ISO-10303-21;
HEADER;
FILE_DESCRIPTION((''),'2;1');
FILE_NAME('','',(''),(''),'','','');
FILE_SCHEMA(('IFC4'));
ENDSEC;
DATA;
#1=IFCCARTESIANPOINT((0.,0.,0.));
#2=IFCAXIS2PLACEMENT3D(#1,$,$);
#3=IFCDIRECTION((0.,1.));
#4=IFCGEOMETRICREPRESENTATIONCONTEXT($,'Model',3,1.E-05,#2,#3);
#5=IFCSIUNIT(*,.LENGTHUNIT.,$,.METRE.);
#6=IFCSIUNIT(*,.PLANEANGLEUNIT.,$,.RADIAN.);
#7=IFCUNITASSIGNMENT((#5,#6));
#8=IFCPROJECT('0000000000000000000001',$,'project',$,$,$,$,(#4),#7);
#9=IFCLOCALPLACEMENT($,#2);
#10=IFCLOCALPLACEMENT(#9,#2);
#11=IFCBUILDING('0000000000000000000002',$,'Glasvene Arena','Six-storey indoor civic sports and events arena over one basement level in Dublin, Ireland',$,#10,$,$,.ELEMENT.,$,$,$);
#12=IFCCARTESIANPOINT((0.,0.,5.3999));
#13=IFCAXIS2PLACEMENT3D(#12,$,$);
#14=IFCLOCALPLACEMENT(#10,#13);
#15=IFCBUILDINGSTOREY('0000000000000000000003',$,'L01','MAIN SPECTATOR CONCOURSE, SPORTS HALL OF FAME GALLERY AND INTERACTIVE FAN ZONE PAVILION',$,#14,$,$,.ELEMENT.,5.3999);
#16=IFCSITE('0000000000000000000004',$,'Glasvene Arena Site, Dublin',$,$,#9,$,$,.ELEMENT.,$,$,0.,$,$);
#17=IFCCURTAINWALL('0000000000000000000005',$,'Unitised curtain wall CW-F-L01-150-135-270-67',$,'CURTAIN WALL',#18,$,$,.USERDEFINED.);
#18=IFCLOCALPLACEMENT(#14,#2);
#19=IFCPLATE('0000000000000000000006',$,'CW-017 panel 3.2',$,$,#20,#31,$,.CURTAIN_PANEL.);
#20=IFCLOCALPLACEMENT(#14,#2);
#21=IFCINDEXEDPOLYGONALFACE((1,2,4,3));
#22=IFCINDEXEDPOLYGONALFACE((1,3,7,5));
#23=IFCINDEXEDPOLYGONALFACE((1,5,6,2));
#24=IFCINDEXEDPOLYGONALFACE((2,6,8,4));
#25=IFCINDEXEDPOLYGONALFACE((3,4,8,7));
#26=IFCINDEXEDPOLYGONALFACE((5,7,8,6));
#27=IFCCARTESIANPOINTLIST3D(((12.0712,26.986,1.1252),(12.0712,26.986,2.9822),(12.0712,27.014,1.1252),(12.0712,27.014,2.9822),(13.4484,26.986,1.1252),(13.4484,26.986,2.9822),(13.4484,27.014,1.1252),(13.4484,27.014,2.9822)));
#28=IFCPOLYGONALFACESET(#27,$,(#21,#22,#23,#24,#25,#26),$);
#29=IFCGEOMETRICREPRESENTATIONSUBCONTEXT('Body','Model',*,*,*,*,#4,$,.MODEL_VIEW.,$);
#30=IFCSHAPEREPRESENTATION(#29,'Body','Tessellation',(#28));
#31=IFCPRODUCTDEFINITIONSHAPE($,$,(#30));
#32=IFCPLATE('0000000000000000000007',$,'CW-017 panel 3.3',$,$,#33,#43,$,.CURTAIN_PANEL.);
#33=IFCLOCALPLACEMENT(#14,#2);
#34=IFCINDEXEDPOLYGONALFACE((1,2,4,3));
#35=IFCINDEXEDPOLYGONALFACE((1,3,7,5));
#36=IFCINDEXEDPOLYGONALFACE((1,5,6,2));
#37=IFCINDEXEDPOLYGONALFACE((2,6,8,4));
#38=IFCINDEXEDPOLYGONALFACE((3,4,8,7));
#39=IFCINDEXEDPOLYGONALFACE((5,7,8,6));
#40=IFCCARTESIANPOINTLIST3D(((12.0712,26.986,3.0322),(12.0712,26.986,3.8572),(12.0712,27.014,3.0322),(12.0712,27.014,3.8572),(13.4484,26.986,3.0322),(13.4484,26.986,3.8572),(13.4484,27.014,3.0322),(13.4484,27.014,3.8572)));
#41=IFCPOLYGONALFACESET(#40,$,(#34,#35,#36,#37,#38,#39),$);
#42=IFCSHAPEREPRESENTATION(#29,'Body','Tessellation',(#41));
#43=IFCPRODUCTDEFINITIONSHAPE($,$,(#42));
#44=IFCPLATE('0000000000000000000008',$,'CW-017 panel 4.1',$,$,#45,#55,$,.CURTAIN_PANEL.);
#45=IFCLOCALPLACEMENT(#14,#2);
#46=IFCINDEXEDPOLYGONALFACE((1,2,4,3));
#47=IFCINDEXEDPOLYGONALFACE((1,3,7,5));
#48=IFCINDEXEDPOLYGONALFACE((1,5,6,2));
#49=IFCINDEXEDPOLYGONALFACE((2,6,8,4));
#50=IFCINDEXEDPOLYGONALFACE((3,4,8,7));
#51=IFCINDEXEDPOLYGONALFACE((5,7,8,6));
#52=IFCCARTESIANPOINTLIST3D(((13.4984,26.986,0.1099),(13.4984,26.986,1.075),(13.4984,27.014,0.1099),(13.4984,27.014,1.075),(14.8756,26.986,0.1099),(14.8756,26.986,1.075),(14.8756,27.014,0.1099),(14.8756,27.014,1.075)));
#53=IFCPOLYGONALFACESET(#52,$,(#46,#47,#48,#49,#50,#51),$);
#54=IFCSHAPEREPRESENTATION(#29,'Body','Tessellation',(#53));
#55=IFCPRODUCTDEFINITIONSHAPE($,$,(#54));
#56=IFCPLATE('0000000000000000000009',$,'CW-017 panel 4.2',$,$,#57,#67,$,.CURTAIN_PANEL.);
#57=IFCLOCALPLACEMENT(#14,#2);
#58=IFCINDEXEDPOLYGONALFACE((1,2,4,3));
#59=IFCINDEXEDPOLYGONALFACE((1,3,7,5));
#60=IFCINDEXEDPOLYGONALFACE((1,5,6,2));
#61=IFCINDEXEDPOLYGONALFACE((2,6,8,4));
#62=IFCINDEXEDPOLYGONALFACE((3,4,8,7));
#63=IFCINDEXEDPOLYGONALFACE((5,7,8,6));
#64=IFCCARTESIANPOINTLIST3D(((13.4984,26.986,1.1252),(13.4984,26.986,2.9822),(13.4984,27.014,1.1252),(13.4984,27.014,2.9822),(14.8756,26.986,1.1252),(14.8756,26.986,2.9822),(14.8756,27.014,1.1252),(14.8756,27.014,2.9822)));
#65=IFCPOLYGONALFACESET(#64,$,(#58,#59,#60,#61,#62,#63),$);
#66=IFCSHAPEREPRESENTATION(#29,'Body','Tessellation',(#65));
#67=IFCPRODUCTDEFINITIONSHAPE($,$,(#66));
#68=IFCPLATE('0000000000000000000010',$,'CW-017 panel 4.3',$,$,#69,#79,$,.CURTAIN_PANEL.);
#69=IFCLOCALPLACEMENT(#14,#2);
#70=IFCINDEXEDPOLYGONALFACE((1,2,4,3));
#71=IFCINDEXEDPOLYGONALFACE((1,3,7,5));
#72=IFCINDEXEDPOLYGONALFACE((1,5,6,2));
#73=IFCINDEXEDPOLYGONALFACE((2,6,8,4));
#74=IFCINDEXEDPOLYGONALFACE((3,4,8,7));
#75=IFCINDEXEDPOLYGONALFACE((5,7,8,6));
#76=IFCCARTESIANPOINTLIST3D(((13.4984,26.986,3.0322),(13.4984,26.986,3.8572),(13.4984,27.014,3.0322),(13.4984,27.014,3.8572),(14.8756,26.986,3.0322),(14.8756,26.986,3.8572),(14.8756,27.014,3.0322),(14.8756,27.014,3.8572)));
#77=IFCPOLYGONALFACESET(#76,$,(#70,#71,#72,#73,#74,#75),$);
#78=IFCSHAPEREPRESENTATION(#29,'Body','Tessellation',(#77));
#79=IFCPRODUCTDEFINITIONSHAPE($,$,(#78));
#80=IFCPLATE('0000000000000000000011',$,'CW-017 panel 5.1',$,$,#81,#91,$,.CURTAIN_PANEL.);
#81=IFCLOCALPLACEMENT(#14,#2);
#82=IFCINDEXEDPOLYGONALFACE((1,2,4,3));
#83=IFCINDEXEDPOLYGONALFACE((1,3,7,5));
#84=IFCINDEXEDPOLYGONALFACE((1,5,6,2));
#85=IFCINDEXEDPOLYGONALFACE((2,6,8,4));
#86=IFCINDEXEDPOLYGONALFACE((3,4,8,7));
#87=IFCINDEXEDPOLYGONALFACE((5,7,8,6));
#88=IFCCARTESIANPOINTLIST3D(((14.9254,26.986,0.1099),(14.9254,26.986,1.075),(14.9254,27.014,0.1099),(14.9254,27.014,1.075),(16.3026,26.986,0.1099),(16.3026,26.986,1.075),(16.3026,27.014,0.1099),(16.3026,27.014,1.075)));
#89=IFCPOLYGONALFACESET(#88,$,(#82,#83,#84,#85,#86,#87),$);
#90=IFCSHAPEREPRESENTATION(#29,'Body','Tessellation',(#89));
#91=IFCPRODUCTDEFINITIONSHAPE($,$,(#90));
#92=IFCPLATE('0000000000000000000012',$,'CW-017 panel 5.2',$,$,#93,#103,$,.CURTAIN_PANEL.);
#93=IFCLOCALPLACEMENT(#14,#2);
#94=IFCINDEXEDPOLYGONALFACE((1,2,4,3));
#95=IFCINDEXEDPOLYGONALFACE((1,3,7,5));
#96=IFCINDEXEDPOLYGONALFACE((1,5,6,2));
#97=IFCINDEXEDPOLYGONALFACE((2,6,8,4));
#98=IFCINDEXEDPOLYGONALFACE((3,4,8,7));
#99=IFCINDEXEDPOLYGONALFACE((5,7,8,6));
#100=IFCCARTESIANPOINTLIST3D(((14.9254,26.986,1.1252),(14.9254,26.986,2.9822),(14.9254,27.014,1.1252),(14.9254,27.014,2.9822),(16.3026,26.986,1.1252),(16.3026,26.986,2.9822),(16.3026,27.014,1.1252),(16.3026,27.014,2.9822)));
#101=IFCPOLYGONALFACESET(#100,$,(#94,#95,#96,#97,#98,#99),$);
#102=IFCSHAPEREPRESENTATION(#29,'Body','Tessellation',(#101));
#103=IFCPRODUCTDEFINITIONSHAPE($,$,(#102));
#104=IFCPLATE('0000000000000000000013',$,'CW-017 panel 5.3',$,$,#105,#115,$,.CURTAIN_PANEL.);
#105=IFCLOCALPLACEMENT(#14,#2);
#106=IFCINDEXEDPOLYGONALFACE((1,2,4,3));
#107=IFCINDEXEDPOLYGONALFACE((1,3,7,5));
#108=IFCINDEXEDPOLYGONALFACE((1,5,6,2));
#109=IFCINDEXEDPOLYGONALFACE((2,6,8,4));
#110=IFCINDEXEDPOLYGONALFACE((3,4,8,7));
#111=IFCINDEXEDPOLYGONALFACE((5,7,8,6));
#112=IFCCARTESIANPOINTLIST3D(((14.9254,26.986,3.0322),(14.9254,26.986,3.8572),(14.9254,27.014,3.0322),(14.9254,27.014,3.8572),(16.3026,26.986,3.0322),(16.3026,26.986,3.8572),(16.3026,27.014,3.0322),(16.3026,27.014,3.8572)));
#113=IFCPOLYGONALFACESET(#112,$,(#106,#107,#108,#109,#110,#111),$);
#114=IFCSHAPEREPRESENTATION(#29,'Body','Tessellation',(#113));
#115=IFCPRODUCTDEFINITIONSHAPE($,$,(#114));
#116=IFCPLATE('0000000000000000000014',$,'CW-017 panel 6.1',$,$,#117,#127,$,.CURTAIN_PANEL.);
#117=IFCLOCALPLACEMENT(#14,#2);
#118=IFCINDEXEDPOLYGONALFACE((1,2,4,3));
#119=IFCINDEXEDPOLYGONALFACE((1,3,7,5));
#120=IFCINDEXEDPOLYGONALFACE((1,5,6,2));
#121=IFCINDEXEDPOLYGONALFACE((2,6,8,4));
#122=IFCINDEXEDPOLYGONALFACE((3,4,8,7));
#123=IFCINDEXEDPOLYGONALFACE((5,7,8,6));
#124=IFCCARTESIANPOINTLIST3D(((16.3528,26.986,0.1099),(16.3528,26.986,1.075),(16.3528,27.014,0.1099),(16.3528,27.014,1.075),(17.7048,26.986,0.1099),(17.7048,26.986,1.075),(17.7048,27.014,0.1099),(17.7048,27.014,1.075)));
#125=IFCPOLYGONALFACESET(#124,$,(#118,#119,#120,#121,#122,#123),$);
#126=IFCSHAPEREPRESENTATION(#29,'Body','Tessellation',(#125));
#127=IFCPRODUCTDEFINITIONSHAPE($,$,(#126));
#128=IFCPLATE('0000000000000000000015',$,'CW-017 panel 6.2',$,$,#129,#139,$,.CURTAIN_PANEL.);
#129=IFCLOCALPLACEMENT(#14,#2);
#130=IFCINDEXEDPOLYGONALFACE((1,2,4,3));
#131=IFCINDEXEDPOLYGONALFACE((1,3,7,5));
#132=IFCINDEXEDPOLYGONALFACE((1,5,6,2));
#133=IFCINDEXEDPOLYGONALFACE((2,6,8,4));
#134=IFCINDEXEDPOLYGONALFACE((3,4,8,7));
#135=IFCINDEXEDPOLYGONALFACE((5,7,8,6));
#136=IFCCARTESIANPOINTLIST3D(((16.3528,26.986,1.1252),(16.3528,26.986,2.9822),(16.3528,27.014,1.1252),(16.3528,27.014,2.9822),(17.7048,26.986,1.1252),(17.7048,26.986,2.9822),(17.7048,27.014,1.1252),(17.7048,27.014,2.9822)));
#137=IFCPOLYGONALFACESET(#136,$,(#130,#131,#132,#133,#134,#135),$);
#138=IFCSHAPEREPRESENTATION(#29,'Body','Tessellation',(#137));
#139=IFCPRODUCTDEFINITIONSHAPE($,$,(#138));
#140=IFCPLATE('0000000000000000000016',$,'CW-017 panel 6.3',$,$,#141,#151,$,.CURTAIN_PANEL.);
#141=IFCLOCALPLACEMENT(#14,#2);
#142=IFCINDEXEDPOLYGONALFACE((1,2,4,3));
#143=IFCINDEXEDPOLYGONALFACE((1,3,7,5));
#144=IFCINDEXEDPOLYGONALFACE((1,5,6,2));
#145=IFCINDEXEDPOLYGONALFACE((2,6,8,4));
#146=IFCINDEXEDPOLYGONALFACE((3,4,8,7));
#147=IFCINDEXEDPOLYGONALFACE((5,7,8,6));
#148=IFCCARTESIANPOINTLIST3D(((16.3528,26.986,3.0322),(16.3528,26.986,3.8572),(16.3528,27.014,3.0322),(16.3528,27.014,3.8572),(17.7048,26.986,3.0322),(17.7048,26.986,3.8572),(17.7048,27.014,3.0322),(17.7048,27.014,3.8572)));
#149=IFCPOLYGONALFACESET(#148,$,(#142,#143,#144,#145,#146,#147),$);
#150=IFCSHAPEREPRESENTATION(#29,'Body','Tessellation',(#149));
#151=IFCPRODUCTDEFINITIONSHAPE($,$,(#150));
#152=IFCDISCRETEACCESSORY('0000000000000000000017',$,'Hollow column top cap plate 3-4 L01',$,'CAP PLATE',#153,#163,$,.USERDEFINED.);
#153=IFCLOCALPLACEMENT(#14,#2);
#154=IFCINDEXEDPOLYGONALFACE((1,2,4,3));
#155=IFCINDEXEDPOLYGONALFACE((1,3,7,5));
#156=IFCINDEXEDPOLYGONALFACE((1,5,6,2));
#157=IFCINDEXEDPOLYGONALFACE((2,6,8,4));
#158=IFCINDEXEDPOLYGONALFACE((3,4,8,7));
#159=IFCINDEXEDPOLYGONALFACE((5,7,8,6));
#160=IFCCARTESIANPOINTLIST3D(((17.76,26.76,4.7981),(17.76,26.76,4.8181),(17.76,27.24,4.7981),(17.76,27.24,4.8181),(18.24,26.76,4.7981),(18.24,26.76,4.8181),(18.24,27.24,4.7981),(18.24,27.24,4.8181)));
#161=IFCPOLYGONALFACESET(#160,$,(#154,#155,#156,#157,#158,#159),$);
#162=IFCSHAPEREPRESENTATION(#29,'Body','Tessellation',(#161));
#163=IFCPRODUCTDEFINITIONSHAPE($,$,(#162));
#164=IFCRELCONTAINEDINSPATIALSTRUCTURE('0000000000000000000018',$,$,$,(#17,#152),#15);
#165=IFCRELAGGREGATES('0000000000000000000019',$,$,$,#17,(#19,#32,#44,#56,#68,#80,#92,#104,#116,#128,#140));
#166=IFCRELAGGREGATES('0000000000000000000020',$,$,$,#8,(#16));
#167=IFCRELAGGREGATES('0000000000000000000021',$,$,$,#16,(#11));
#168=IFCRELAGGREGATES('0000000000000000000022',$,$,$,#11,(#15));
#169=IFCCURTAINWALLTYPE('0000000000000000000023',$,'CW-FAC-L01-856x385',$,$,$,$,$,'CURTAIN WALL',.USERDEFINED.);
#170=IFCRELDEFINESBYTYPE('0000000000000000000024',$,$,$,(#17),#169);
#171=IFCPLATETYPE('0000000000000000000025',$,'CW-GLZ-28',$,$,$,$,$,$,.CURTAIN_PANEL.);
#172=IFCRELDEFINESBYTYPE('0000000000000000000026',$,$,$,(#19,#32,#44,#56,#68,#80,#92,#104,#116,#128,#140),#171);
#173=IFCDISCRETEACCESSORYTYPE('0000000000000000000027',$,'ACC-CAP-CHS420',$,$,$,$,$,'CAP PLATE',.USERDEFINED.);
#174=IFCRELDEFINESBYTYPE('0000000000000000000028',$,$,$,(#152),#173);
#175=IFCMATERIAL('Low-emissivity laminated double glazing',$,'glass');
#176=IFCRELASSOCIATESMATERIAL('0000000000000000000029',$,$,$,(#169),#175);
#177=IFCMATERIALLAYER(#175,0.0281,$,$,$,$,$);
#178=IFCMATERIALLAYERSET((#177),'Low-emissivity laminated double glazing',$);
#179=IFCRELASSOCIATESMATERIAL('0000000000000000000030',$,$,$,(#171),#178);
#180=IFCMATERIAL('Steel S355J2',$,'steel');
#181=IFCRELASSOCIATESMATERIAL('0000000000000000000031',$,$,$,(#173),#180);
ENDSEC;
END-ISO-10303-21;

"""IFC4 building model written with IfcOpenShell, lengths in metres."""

from ifc_helpers import new_model, si_unit, direction, frame, origin, origin_2d, place, context, subcontext, project, spatial, rectangle, extrude, material, layer, layer_set, type_object, element, aggregate, save


model = new_model("IFC4")

# Units and contexts
model_context = context("Model", 3, precision=1e-05, world=origin(), true_north=direction((0.0, 1.0)))
body_context = subcontext(model_context, "Body", "Model", "MODEL_VIEW")
ifc_project = project(units=[si_unit("LENGTHUNIT", "METRE"), si_unit("PLANEANGLEUNIT", "RADIAN")], contexts=[model_context])

# Site, building, storey
site_placement = place(None, origin())
site = spatial("IfcSite", under=ifc_project, at=site_placement, Name="Glasvene Arena Site, Dublin", CompositionType="ELEMENT", RefElevation=0.0)
building_placement = place(site_placement, origin())
building = spatial("IfcBuilding", under=site, at=building_placement, Name="Glasvene Arena", Description="Six-storey indoor civic sports and events arena over one basement level in Dublin, Ireland", CompositionType="ELEMENT")
storey_placement = place(building_placement, frame((0.0, 0.0, 5.3999)))
storey = spatial("IfcBuildingStorey", under=building, at=storey_placement, Name="L01", Description="MAIN SPECTATOR CONCOURSE, SPORTS HALL OF FAME GALLERY AND INTERACTIVE FAN ZONE PAVILION", CompositionType="ELEMENT", Elevation=5.3999)

# Shared definitions
ifc_material_1 = material(Name="Steel S355J2", Category="steel")

# Curtain wall, plates
ifc_material_2 = material(Name="Low-emissivity laminated double glazing", Category="glass")
curtain_wall_type = type_object("IfcCurtainWallType", Name="CW-FAC-L01-856x385", ElementType="CURTAIN WALL", PredefinedType="USERDEFINED", material=ifc_material_2)
curtain_wall_placement = place(storey_placement, frame((9.1919, 27.0, 0.0)))
curtain_wall = element("IfcCurtainWall", 1, at=curtain_wall_placement, inside=storey, type_object=curtain_wall_type, Name="Unitised curtain wall CW-F-L01-150-135-270-67", ObjectType="CURTAIN WALL", PredefinedType="USERDEFINED")
ifc_layer = layer(ifc_material_2, 0.0281)
ifc_layer_set = layer_set([ifc_layer], Name="Low-emissivity laminated double glazing")
plate_type = type_object("IfcPlateType", Name="CW-GLZ-28", PredefinedType="CURTAIN_PANEL", material=ifc_layer_set)
plate_1_placement = place(storey_placement, frame((12.7598, 27.0, 1.1252), z_axis=(0.0, 0.0, 1.0), x_axis=(1.0, 0.0, 0.0)))
plate_1 = element("IfcPlate", 2, at=plate_1_placement, type_object=plate_type, Name="CW-017 panel 3.2", PredefinedType="CURTAIN_PANEL", context=body_context, shape_type="SweptSolid", body=[
    extrude(rectangle(XDim=1.3772, YDim=0.0281, at=origin_2d()), origin(), (0.0, 0.0, 1.0), 1.8569),
])
plate_2_placement = place(storey_placement, frame((12.7598, 27.0, 3.0322), z_axis=(0.0, 0.0, 1.0), x_axis=(1.0, 0.0, 0.0)))
plate_2 = element("IfcPlate", 3, at=plate_2_placement, type_object=plate_type, Name="CW-017 panel 3.3", PredefinedType="CURTAIN_PANEL", context=body_context, shape_type="SweptSolid", body=[
    extrude(rectangle(XDim=1.3772, YDim=0.0281, at=origin_2d()), origin(), (0.0, 0.0, 1.0), 0.825),
])
plate_3_placement = place(storey_placement, frame((14.187, 27.0, 0.1099), z_axis=(0.0, 0.0, 1.0), x_axis=(1.0, 0.0, 0.0)))
plate_3 = element("IfcPlate", 4, at=plate_3_placement, type_object=plate_type, Name="CW-017 panel 4.1", PredefinedType="CURTAIN_PANEL", context=body_context, shape_type="SweptSolid", body=[
    extrude(rectangle(XDim=1.3772, YDim=0.0281, at=origin_2d()), origin(), (0.0, 0.0, 1.0), 0.9651),
])
plate_4_placement = place(storey_placement, frame((14.187, 27.0, 1.1252), z_axis=(0.0, 0.0, 1.0), x_axis=(1.0, 0.0, 0.0)))
plate_4 = element("IfcPlate", 5, at=plate_4_placement, type_object=plate_type, Name="CW-017 panel 4.2", PredefinedType="CURTAIN_PANEL", context=body_context, shape_type="SweptSolid", body=[
    extrude(rectangle(XDim=1.3772, YDim=0.0281, at=origin_2d()), origin(), (0.0, 0.0, 1.0), 1.8569),
])
plate_5_placement = place(storey_placement, frame((14.187, 27.0, 3.0322), z_axis=(0.0, 0.0, 1.0), x_axis=(1.0, 0.0, 0.0)))
plate_5 = element("IfcPlate", 6, at=plate_5_placement, type_object=plate_type, Name="CW-017 panel 4.3", PredefinedType="CURTAIN_PANEL", context=body_context, shape_type="SweptSolid", body=[
    extrude(rectangle(XDim=1.3772, YDim=0.0281, at=origin_2d()), origin(), (0.0, 0.0, 1.0), 0.825),
])
plate_6_placement = place(storey_placement, frame((15.614, 27.0, 0.1099), z_axis=(0.0, 0.0, 1.0), x_axis=(1.0, 0.0, 0.0)))
plate_6 = element("IfcPlate", 7, at=plate_6_placement, type_object=plate_type, Name="CW-017 panel 5.1", PredefinedType="CURTAIN_PANEL", context=body_context, shape_type="SweptSolid", body=[
    extrude(rectangle(XDim=1.3772, YDim=0.0281, at=origin_2d()), origin(), (0.0, 0.0, 1.0), 0.9651),
])
plate_7_placement = place(storey_placement, frame((15.614, 27.0, 1.1252), z_axis=(0.0, 0.0, 1.0), x_axis=(1.0, 0.0, 0.0)))
plate_7 = element("IfcPlate", 8, at=plate_7_placement, type_object=plate_type, Name="CW-017 panel 5.2", PredefinedType="CURTAIN_PANEL", context=body_context, shape_type="SweptSolid", body=[
    extrude(rectangle(XDim=1.3772, YDim=0.0281, at=origin_2d()), origin(), (0.0, 0.0, 1.0), 1.8569),
])
plate_8_placement = place(storey_placement, frame((15.614, 27.0, 3.0322), z_axis=(0.0, 0.0, 1.0), x_axis=(1.0, 0.0, 0.0)))
plate_8 = element("IfcPlate", 9, at=plate_8_placement, type_object=plate_type, Name="CW-017 panel 5.3", PredefinedType="CURTAIN_PANEL", context=body_context, shape_type="SweptSolid", body=[
    extrude(rectangle(XDim=1.3772, YDim=0.0281, at=origin_2d()), origin(), (0.0, 0.0, 1.0), 0.825),
])
plate_9_placement = place(storey_placement, frame((17.0288, 27.0, 0.1099), z_axis=(0.0, 0.0, 1.0), x_axis=(1.0, 0.0, 0.0)))
plate_9 = element("IfcPlate", 10, at=plate_9_placement, type_object=plate_type, Name="CW-017 panel 6.1", PredefinedType="CURTAIN_PANEL", context=body_context, shape_type="SweptSolid", body=[
    extrude(rectangle(XDim=1.3521, YDim=0.0281, at=origin_2d()), origin(), (0.0, 0.0, 1.0), 0.9651),
])
plate_10_placement = place(storey_placement, frame((17.0288, 27.0, 1.1252), z_axis=(0.0, 0.0, 1.0), x_axis=(1.0, 0.0, 0.0)))
plate_10 = element("IfcPlate", 11, at=plate_10_placement, type_object=plate_type, Name="CW-017 panel 6.2", PredefinedType="CURTAIN_PANEL", context=body_context, shape_type="SweptSolid", body=[
    extrude(rectangle(XDim=1.3521, YDim=0.0281, at=origin_2d()), origin(), (0.0, 0.0, 1.0), 1.8569),
])
plate_11_placement = place(storey_placement, frame((17.0288, 27.0, 3.0322), z_axis=(0.0, 0.0, 1.0), x_axis=(1.0, 0.0, 0.0)))
plate_11 = element("IfcPlate", 12, at=plate_11_placement, type_object=plate_type, Name="CW-017 panel 6.3", PredefinedType="CURTAIN_PANEL", context=body_context, shape_type="SweptSolid", body=[
    extrude(rectangle(XDim=1.3521, YDim=0.0281, at=origin_2d()), origin(), (0.0, 0.0, 1.0), 0.825),
])
aggregate(curtain_wall, [plate_1, plate_2, plate_3, plate_4, plate_5, plate_6, plate_7, plate_8, plate_9, plate_10, plate_11])

# Discrete accessory
discrete_accessory_type = type_object("IfcDiscreteAccessoryType", Name="ACC-CAP-CHS420", ElementType="CAP PLATE", PredefinedType="USERDEFINED", material=ifc_material_1)
discrete_accessory_placement = place(storey_placement, frame((18.0, 27.0, 4.7981), z_axis=(0.0, 0.0, 1.0), x_axis=(1.0, 0.0, 0.0)))
element("IfcDiscreteAccessory", 13, at=discrete_accessory_placement, inside=storey, type_object=discrete_accessory_type, Name="Hollow column top cap plate 3-4 L01", ObjectType="CAP PLATE", PredefinedType="USERDEFINED", context=body_context, shape_type="SweptSolid", body=[
    extrude(rectangle(XDim=0.48, YDim=0.48, at=origin_2d()), origin(), (0.0, 0.0, 1.0), 0.02),
])

save(model, "model.ifc")
